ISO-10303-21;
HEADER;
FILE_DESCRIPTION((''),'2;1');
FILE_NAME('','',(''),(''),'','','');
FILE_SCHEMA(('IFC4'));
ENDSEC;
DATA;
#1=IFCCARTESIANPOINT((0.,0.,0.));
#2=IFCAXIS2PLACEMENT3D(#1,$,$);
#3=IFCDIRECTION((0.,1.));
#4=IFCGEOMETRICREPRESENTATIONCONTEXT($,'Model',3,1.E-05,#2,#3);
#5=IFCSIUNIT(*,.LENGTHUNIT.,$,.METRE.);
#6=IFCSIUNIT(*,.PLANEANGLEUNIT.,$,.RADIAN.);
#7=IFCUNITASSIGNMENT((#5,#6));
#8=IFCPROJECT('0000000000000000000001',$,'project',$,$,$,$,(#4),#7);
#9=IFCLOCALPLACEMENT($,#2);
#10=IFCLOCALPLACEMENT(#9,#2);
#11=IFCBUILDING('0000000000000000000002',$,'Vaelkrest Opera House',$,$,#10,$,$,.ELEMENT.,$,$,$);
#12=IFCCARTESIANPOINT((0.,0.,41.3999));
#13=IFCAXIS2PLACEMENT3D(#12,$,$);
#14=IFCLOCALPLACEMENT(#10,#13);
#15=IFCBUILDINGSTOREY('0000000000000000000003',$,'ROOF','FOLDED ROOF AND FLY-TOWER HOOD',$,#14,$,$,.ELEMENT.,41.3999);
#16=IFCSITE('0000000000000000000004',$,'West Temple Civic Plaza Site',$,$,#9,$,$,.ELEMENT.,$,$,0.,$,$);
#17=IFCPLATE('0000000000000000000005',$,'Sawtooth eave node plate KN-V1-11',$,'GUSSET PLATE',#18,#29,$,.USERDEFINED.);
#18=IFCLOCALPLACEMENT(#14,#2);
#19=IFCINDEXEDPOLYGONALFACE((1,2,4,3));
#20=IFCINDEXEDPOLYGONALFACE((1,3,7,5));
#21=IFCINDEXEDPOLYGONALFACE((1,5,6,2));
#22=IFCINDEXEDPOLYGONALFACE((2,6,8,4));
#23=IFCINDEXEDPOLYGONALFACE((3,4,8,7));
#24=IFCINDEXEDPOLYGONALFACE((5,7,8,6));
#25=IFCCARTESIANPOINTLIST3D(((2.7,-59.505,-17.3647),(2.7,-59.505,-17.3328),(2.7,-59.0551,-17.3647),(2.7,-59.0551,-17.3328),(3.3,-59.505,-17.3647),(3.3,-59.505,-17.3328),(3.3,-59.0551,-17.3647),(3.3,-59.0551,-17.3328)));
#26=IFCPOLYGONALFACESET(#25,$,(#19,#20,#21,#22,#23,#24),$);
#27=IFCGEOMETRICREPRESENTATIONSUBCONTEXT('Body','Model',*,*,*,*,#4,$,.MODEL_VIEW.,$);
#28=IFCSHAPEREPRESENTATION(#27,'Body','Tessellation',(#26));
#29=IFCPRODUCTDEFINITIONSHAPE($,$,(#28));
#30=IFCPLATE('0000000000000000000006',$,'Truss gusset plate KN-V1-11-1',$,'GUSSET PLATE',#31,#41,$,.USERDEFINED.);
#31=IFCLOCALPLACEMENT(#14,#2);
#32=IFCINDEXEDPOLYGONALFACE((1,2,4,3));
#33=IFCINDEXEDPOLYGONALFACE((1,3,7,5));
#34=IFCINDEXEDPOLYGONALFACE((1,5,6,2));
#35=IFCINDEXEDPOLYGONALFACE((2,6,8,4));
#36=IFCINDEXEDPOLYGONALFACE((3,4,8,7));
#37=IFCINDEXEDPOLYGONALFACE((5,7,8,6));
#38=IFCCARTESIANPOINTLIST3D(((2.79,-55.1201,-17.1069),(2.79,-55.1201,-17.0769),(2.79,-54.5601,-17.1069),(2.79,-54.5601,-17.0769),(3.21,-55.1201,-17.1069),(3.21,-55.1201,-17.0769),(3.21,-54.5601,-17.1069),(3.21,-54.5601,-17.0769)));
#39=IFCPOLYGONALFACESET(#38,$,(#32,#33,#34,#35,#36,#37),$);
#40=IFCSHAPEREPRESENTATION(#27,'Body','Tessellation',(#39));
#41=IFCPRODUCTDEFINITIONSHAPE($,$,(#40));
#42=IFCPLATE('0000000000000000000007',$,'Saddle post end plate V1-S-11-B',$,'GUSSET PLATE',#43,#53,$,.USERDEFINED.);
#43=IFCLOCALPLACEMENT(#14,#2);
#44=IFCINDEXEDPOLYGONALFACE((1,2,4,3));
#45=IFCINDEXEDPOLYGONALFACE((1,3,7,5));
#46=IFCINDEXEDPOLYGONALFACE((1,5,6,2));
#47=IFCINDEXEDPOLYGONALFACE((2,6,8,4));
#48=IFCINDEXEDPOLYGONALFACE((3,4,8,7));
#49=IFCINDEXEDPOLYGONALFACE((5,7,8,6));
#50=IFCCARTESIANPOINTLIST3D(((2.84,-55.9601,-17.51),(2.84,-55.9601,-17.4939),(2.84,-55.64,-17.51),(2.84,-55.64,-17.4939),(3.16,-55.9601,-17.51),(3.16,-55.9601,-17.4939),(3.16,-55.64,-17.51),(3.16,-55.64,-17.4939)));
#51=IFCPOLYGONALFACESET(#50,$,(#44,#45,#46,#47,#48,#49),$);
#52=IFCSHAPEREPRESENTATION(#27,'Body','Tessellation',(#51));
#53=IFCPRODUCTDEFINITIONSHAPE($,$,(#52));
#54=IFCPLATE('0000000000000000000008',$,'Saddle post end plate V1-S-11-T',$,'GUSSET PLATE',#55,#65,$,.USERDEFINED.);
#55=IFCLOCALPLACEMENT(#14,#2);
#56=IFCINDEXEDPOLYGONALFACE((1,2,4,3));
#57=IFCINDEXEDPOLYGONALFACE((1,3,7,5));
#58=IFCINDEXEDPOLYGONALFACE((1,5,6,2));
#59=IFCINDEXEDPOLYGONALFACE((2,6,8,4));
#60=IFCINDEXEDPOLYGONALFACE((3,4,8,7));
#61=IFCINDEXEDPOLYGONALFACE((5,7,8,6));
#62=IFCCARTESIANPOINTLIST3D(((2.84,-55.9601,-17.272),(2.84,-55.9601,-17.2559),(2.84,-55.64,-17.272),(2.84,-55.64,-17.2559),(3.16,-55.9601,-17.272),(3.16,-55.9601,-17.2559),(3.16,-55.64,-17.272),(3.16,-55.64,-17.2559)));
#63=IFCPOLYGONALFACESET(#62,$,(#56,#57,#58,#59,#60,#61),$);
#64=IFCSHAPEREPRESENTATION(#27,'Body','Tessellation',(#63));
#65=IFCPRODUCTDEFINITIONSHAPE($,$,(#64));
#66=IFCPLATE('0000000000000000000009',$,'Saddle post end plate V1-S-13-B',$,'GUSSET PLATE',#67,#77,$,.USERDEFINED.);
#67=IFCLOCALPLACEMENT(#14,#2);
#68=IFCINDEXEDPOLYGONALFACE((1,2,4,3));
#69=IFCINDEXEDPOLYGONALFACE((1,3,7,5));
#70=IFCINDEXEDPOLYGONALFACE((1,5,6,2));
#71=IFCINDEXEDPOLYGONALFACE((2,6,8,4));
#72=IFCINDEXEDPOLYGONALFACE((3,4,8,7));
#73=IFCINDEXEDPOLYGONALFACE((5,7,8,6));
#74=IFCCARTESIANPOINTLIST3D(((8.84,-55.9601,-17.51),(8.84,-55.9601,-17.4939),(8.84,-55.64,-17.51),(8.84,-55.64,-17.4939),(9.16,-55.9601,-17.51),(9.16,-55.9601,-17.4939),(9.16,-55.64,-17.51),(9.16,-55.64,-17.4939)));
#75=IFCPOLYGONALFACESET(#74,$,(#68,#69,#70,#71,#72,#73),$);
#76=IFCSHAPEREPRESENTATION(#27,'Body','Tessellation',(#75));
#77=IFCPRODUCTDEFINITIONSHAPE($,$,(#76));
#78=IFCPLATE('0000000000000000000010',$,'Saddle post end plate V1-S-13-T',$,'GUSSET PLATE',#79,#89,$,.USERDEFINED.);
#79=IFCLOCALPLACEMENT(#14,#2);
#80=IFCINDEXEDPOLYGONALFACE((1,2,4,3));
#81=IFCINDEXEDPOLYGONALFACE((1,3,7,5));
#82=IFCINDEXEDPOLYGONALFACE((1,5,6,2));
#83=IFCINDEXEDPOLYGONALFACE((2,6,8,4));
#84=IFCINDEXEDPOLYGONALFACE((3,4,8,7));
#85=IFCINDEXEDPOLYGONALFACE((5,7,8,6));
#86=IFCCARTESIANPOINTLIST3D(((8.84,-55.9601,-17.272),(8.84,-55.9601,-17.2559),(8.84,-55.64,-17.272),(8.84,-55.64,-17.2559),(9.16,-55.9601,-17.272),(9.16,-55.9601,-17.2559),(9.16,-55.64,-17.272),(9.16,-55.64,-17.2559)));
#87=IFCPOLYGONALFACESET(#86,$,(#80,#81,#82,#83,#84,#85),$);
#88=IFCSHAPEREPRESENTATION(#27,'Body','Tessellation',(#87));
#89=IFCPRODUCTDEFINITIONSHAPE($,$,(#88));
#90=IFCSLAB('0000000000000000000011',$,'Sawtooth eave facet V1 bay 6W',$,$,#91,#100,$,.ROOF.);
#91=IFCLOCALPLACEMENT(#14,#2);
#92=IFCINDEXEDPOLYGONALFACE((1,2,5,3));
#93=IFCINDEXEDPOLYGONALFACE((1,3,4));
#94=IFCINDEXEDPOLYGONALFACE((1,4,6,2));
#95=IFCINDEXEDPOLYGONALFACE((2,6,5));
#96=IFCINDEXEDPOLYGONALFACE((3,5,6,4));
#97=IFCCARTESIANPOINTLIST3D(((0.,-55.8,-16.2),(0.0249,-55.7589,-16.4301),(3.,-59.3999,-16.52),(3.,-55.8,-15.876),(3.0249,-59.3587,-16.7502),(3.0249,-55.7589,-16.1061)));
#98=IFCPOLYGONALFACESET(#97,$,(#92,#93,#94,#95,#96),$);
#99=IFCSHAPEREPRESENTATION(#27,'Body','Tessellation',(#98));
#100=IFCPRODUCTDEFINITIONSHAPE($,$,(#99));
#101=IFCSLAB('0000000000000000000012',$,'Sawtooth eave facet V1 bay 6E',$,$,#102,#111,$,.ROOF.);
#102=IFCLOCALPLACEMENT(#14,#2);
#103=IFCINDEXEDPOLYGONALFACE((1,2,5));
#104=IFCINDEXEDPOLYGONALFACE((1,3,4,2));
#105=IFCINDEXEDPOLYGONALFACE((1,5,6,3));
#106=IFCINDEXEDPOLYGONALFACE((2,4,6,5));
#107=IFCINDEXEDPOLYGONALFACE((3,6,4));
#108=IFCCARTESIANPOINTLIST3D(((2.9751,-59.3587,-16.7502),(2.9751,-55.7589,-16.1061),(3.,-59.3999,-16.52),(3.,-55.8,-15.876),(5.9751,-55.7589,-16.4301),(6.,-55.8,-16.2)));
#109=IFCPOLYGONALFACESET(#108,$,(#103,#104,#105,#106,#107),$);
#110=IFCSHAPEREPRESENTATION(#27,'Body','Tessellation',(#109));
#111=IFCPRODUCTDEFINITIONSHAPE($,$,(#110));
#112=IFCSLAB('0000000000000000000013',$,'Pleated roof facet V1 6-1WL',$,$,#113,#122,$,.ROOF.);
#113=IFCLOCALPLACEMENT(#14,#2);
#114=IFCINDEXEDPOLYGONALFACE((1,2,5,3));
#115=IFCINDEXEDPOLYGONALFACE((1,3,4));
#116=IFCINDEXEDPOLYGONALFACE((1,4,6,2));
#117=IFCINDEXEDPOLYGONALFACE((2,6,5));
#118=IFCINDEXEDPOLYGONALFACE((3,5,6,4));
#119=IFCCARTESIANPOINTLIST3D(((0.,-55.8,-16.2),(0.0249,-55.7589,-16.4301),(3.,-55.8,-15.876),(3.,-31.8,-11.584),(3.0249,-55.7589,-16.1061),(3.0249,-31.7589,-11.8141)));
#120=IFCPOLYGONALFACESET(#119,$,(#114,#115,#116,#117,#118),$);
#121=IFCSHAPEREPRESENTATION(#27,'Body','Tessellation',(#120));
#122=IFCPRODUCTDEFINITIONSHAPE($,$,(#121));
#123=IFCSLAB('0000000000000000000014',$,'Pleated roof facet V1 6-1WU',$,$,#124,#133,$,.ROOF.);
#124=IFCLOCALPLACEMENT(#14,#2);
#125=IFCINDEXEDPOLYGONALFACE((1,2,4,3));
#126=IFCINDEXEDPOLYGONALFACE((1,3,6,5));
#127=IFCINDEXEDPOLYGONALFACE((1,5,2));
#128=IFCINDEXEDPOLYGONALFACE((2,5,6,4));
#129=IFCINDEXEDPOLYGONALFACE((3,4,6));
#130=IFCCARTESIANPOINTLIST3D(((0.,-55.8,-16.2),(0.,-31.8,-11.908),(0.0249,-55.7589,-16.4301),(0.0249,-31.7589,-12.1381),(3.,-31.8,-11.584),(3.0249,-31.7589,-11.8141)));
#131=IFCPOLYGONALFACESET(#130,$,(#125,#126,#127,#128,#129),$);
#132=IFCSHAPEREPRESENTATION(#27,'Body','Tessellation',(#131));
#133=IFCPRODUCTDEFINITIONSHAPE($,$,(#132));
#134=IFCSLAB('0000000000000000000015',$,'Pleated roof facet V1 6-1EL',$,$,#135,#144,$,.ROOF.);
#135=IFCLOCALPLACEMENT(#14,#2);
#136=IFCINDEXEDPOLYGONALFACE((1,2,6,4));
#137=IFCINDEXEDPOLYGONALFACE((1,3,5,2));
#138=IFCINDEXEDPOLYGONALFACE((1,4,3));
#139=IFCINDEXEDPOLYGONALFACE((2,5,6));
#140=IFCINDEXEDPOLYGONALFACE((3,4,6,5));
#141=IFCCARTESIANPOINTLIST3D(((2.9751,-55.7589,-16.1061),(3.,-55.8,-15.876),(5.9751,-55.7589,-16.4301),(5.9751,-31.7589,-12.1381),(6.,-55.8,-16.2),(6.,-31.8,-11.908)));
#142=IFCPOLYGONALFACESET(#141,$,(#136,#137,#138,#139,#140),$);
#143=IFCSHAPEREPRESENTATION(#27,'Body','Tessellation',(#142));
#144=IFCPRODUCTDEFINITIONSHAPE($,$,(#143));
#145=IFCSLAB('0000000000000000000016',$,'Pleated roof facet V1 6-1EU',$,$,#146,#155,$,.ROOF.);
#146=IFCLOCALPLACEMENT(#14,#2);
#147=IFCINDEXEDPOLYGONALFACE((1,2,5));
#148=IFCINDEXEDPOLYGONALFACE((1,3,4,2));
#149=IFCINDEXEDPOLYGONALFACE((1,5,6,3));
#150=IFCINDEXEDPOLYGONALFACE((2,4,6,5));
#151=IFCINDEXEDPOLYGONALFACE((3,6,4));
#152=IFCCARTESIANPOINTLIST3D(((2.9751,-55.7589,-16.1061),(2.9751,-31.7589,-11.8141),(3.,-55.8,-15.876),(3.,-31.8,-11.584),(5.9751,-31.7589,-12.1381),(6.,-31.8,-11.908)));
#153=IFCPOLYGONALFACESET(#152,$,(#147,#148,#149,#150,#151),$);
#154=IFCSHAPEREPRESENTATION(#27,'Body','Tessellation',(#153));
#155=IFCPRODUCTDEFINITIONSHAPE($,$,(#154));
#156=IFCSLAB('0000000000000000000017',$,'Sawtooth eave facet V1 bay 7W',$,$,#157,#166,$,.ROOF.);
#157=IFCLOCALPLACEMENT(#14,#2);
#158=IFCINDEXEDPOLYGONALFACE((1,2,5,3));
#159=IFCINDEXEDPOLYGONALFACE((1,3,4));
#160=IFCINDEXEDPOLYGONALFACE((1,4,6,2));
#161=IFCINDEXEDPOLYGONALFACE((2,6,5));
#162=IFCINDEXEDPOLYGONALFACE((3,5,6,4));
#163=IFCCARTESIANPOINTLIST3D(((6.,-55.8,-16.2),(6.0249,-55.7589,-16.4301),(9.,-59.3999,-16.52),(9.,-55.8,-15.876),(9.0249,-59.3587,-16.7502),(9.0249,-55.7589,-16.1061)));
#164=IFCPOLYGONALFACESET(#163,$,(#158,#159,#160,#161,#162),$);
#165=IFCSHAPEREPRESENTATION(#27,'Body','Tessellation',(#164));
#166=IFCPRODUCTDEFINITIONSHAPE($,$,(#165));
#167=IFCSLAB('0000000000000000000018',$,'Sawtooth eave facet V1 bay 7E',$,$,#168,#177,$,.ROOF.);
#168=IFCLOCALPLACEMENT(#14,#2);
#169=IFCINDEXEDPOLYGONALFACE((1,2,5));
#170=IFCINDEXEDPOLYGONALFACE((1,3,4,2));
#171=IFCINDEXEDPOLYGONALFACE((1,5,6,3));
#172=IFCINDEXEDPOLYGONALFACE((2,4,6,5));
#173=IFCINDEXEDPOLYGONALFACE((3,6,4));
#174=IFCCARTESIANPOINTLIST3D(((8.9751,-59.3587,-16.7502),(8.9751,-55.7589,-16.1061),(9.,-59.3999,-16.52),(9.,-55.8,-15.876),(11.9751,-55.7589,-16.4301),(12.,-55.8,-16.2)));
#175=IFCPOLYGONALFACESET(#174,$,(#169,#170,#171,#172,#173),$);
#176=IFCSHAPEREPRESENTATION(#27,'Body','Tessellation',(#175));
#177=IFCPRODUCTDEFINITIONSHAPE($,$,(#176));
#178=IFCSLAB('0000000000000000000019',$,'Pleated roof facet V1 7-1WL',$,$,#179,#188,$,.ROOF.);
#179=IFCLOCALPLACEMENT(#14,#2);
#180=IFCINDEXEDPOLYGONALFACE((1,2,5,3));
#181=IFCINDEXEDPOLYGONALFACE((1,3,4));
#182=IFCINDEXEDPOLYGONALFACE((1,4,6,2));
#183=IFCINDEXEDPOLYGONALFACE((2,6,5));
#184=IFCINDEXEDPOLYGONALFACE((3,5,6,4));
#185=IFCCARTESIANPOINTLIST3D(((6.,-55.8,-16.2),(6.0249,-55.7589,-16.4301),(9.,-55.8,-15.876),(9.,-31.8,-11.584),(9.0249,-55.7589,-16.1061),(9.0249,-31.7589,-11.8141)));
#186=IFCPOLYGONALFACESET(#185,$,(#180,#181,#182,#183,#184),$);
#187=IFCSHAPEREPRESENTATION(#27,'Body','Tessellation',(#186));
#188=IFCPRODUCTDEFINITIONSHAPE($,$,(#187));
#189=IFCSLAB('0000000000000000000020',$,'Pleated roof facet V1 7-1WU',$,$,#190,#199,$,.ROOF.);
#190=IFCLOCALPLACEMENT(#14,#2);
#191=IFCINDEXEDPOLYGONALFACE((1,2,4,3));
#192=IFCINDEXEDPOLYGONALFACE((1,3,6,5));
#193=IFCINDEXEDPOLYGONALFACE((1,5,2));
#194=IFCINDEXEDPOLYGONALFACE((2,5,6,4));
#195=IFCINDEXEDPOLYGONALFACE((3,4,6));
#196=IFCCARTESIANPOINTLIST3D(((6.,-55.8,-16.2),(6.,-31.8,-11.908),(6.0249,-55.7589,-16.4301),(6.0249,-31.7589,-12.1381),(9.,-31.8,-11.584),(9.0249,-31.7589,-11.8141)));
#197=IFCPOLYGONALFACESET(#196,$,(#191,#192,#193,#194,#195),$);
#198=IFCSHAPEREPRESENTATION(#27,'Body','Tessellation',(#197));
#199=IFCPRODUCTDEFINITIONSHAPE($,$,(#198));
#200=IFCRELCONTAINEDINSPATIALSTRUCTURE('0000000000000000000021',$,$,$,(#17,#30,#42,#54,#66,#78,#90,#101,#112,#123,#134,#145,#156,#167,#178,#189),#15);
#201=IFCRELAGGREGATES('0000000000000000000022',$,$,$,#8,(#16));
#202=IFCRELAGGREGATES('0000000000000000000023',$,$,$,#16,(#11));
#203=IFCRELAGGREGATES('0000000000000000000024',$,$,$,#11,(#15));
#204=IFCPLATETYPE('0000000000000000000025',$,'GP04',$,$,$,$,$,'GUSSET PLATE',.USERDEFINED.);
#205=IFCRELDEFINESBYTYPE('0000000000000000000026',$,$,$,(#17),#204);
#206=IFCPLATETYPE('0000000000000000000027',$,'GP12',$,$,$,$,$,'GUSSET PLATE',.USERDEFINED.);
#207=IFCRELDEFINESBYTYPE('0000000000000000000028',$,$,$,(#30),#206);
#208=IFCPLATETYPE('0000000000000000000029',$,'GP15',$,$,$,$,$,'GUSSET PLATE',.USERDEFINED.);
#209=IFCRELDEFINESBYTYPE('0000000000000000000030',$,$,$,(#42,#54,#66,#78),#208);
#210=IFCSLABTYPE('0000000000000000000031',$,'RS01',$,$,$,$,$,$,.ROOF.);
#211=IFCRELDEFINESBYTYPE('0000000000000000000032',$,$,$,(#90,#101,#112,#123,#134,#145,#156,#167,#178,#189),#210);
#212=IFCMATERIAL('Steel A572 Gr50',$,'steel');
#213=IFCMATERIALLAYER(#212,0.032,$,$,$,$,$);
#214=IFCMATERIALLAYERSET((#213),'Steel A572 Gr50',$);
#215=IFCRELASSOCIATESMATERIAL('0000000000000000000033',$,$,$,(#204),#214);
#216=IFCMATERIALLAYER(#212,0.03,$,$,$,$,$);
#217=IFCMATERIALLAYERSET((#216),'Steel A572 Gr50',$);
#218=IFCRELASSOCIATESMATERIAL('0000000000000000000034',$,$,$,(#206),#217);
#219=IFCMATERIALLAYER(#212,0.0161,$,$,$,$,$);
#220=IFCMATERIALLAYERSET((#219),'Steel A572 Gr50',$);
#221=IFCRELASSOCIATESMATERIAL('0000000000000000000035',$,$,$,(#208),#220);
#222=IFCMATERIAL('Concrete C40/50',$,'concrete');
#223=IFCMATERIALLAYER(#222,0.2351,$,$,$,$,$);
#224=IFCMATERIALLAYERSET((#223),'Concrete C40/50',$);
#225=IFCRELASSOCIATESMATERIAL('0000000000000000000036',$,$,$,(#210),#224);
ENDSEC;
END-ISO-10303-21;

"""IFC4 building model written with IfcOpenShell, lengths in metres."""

from ifc_helpers import new_model, si_unit, direction, frame, origin, origin_2d, place, context, subcontext, project, spatial, polyline, rectangle, outline, extrude, material, layer, layer_set, type_object, element, save


model = new_model("IFC4")

# Units and contexts
model_context = context("Model", 3, precision=1e-05, world=origin(), true_north=direction((0.0, 1.0)))
body_context = subcontext(model_context, "Body", "Model", "MODEL_VIEW")
ifc_project = project(units=[si_unit("LENGTHUNIT", "METRE"), si_unit("PLANEANGLEUNIT", "RADIAN")], contexts=[model_context])

# Site, building, storey
site_placement = place(None, origin())
site = spatial("IfcSite", under=ifc_project, at=site_placement, Name="West Temple Civic Plaza Site", CompositionType="ELEMENT", RefElevation=0.0)
building_placement = place(site_placement, origin())
building = spatial("IfcBuilding", under=site, at=building_placement, Name="Vaelkrest Opera House", CompositionType="ELEMENT")
storey_placement = place(building_placement, frame((0.0, 0.0, 41.3999)))
storey = spatial("IfcBuildingStorey", under=building, at=storey_placement, Name="ROOF", Description="FOLDED ROOF AND FLY-TOWER HOOD", CompositionType="ELEMENT", Elevation=41.3999)

# Plates
ifc_material_1 = material(Name="Steel A572 Gr50", Category="steel")
ifc_layer_1 = layer(ifc_material_1, 0.032)
ifc_layer_set_1 = layer_set([ifc_layer_1], Name="Steel A572 Gr50")
plate_type_1 = type_object("IfcPlateType", Name="GP04", ElementType="GUSSET PLATE", PredefinedType="USERDEFINED", material=ifc_layer_set_1)
plate_1_placement = place(storey_placement, frame((3.0, -59.28, -17.3647), z_axis=(0.0, 0.0, 1.0), x_axis=(1.0, 0.0, 0.0)))
element("IfcPlate", 1, at=plate_1_placement, inside=storey, type_object=plate_type_1, Name="Sawtooth eave node plate KN-V1-11", ObjectType="GUSSET PLATE", PredefinedType="USERDEFINED", context=body_context, shape_type="SweptSolid", body=[
    extrude(rectangle(XDim=0.6001, YDim=0.45, at=origin_2d()), origin(), (0.0, 0.0, 1.0), 0.032),
])
ifc_layer_2 = layer(ifc_material_1, 0.03)
ifc_layer_set_2 = layer_set([ifc_layer_2], Name="Steel A572 Gr50")
plate_type_2 = type_object("IfcPlateType", Name="GP12", ElementType="GUSSET PLATE", PredefinedType="USERDEFINED", material=ifc_layer_set_2)
plate_2_placement = place(storey_placement, frame((3.0, -54.8401, -17.1069), z_axis=(0.0, 0.0, 1.0), x_axis=(0.0, 1.0, 0.0)))
element("IfcPlate", 2, at=plate_2_placement, inside=storey, type_object=plate_type_2, Name="Truss gusset plate KN-V1-11-1", ObjectType="GUSSET PLATE", PredefinedType="USERDEFINED", context=body_context, shape_type="SweptSolid", body=[
    extrude(rectangle(XDim=0.5601, YDim=0.4199, at=origin_2d()), origin(), (0.0, 0.0, 1.0), 0.03),
])
ifc_layer_3 = layer(ifc_material_1, 0.0161)
ifc_layer_set_3 = layer_set([ifc_layer_3], Name="Steel A572 Gr50")
plate_type_3 = type_object("IfcPlateType", Name="GP15", ElementType="GUSSET PLATE", PredefinedType="USERDEFINED", material=ifc_layer_set_3)
for number, where, z_axis, x_axis, name in (
    (3, (3.0, -55.8, -17.51), (0.0, 0.0, 1.0), (1.0, 0.0, 0.0), "Saddle post end plate V1-S-11-B"),
    (4, (3.0, -55.8, -17.272), (0.0, 0.0, 1.0), (1.0, 0.0, 0.0), "Saddle post end plate V1-S-11-T"),
    (5, (9.0, -55.8, -17.51), (0.0, 0.0, 1.0), (1.0, 0.0, 0.0), "Saddle post end plate V1-S-13-B"),
    (6, (9.0, -55.8, -17.272), (0.0, 0.0, 1.0), (1.0, 0.0, 0.0), "Saddle post end plate V1-S-13-T"),
):
    element("IfcPlate", number, at=place(storey_placement, frame(where, z_axis=z_axis, x_axis=x_axis)), inside=storey, type_object=plate_type_3, Name=name, ObjectType="GUSSET PLATE", PredefinedType="USERDEFINED", context=body_context, shape_type="SweptSolid", body=[
        extrude(rectangle(XDim=0.3201, YDim=0.3201, at=origin_2d()), origin(), (0.0, 0.0, 1.0), 0.0161),
    ])

# Slabs
ifc_material_2 = material(Name="Concrete C40/50", Category="concrete")
ifc_layer_4 = layer(ifc_material_2, 0.2351)
ifc_layer_set_4 = layer_set([ifc_layer_4], Name="Concrete C40/50")
slab_type = type_object("IfcSlabType", Name="RS01", PredefinedType="ROOF", material=ifc_layer_set_4)
slab_1_placement = place(storey_placement, frame((0.0, -55.8, -16.2), z_axis=(-0.105708, -0.175125, 0.978855), x_axis=(0.638712, -0.766423, -0.068144)))
element("IfcSlab", 7, at=slab_1_placement, inside=storey, type_object=slab_type, Name="Sawtooth eave facet V1 bay 6W", PredefinedType="ROOF", context=body_context, shape_type="SweptSolid", body=[
    extrude(outline(polyline([(0.0, 0.0), (4.697, 0.0), (1.8941, 2.3489), (0.0, 0.0)])), origin(), (0.0, 0.0, -1.0), 0.2351),
])
slab_2_placement = place(storey_placement, frame((3.0, -55.8, -15.876), z_axis=(0.105708, -0.175125, 0.978855), x_axis=(0.0, -0.98437, -0.176112)))
element("IfcSlab", 8, at=slab_2_placement, inside=storey, type_object=slab_type, Name="Sawtooth eave facet V1 bay 6E", PredefinedType="ROOF", context=body_context, shape_type="SweptSolid", body=[
    extrude(outline(polyline([(0.0, 0.0), (3.657, 0.0), (0.0571, 3.0169), (0.0, 0.0)])), origin(), (0.0, 0.0, -1.0), 0.2351),
])
slab_3_placement = place(storey_placement, frame((0.0, -55.8, -16.2), z_axis=(-0.105709, -0.175054, 0.978868), x_axis=(0.994219, 0.0, 0.107367)))
element("IfcSlab", 9, at=slab_3_placement, inside=storey, type_object=slab_type, Name="Pleated roof facet V1 6-1WL", PredefinedType="ROOF", context=body_context, shape_type="SweptSolid", body=[
    extrude(outline(polyline([(0.0, 0.0), (3.0174, 0.0), (3.4783, 24.3764), (0.0, 0.0)])), origin(), (0.0, 0.0, -1.0), 0.2351),
])
slab_4_placement = place(storey_placement, frame((0.0, -55.8, -16.2), z_axis=(-0.105709, -0.175054, 0.978868), x_axis=(0.121836, 0.974686, 0.187463)))
element("IfcSlab", 10, at=slab_4_placement, inside=storey, type_object=slab_type, Name="Pleated roof facet V1 6-1WU", PredefinedType="ROOF", context=body_context, shape_type="SweptSolid", body=[
    extrude(outline(polyline([(0.0, 0.0), (24.6233, 0.0), (24.1971, 2.9872), (0.0, 0.0)])), origin(), (0.0, 0.0, -1.0), 0.2351),
])
slab_5_placement = place(storey_placement, frame((3.0, -55.8, -15.876), z_axis=(0.105709, -0.175054, 0.978868), x_axis=(0.994219, 0.0, -0.107367)))
element("IfcSlab", 11, at=slab_5_placement, inside=storey, type_object=slab_type, Name="Pleated roof facet V1 6-1EL", PredefinedType="ROOF", context=body_context, shape_type="SweptSolid", body=[
    extrude(outline(polyline([(0.0, 0.0), (3.0174, 0.0), (2.5566, 24.3764), (0.0, 0.0)])), origin(), (0.0, 0.0, -1.0), 0.2351),
])
slab_6_placement = place(storey_placement, frame((3.0, -55.8, -15.876), z_axis=(0.105709, -0.175054, 0.978868), x_axis=(0.122399, 0.979188, 0.161893)))
element("IfcSlab", 12, at=slab_6_placement, inside=storey, type_object=slab_type, Name="Pleated roof facet V1 6-1EU", PredefinedType="ROOF", context=body_context, shape_type="SweptSolid", body=[
    extrude(outline(polyline([(0.0, 0.0), (24.5101, 0.0), (24.1954, 3.001), (0.0, 0.0)])), origin(), (0.0, 0.0, -1.0), 0.2351),
])
slab_7_placement = place(storey_placement, frame((6.0, -55.8, -16.2), z_axis=(-0.105708, -0.175125, 0.978855), x_axis=(0.638712, -0.766423, -0.068144)))
element("IfcSlab", 13, at=slab_7_placement, inside=storey, type_object=slab_type, Name="Sawtooth eave facet V1 bay 7W", PredefinedType="ROOF", context=body_context, shape_type="SweptSolid", body=[
    extrude(outline(polyline([(0.0, 0.0), (4.697, 0.0), (1.8941, 2.3489), (0.0, 0.0)])), origin(), (0.0, 0.0, -1.0), 0.2351),
])
slab_8_placement = place(storey_placement, frame((9.0, -55.8, -15.876), z_axis=(0.105708, -0.175125, 0.978855), x_axis=(0.0, -0.98437, -0.176112)))
element("IfcSlab", 14, at=slab_8_placement, inside=storey, type_object=slab_type, Name="Sawtooth eave facet V1 bay 7E", PredefinedType="ROOF", context=body_context, shape_type="SweptSolid", body=[
    extrude(outline(polyline([(0.0, 0.0), (3.657, 0.0), (0.0571, 3.0169), (0.0, 0.0)])), origin(), (0.0, 0.0, -1.0), 0.2351),
])
slab_9_placement = place(storey_placement, frame((6.0, -55.8, -16.2), z_axis=(-0.105709, -0.175054, 0.978868), x_axis=(0.994219, 0.0, 0.107367)))
element("IfcSlab", 15, at=slab_9_placement, inside=storey, type_object=slab_type, Name="Pleated roof facet V1 7-1WL", PredefinedType="ROOF", context=body_context, shape_type="SweptSolid", body=[
    extrude(outline(polyline([(0.0, 0.0), (3.0174, 0.0), (3.4783, 24.3764), (0.0, 0.0)])), origin(), (0.0, 0.0, -1.0), 0.2351),
])
slab_10_placement = place(storey_placement, frame((6.0, -55.8, -16.2), z_axis=(-0.105709, -0.175054, 0.978868), x_axis=(0.121836, 0.974686, 0.187463)))
element("IfcSlab", 16, at=slab_10_placement, inside=storey, type_object=slab_type, Name="Pleated roof facet V1 7-1WU", PredefinedType="ROOF", context=body_context, shape_type="SweptSolid", body=[
    extrude(outline(polyline([(0.0, 0.0), (24.6233, 0.0), (24.1971, 2.9872), (0.0, 0.0)])), origin(), (0.0, 0.0, -1.0), 0.2351),
])

save(model, "model.ifc")
